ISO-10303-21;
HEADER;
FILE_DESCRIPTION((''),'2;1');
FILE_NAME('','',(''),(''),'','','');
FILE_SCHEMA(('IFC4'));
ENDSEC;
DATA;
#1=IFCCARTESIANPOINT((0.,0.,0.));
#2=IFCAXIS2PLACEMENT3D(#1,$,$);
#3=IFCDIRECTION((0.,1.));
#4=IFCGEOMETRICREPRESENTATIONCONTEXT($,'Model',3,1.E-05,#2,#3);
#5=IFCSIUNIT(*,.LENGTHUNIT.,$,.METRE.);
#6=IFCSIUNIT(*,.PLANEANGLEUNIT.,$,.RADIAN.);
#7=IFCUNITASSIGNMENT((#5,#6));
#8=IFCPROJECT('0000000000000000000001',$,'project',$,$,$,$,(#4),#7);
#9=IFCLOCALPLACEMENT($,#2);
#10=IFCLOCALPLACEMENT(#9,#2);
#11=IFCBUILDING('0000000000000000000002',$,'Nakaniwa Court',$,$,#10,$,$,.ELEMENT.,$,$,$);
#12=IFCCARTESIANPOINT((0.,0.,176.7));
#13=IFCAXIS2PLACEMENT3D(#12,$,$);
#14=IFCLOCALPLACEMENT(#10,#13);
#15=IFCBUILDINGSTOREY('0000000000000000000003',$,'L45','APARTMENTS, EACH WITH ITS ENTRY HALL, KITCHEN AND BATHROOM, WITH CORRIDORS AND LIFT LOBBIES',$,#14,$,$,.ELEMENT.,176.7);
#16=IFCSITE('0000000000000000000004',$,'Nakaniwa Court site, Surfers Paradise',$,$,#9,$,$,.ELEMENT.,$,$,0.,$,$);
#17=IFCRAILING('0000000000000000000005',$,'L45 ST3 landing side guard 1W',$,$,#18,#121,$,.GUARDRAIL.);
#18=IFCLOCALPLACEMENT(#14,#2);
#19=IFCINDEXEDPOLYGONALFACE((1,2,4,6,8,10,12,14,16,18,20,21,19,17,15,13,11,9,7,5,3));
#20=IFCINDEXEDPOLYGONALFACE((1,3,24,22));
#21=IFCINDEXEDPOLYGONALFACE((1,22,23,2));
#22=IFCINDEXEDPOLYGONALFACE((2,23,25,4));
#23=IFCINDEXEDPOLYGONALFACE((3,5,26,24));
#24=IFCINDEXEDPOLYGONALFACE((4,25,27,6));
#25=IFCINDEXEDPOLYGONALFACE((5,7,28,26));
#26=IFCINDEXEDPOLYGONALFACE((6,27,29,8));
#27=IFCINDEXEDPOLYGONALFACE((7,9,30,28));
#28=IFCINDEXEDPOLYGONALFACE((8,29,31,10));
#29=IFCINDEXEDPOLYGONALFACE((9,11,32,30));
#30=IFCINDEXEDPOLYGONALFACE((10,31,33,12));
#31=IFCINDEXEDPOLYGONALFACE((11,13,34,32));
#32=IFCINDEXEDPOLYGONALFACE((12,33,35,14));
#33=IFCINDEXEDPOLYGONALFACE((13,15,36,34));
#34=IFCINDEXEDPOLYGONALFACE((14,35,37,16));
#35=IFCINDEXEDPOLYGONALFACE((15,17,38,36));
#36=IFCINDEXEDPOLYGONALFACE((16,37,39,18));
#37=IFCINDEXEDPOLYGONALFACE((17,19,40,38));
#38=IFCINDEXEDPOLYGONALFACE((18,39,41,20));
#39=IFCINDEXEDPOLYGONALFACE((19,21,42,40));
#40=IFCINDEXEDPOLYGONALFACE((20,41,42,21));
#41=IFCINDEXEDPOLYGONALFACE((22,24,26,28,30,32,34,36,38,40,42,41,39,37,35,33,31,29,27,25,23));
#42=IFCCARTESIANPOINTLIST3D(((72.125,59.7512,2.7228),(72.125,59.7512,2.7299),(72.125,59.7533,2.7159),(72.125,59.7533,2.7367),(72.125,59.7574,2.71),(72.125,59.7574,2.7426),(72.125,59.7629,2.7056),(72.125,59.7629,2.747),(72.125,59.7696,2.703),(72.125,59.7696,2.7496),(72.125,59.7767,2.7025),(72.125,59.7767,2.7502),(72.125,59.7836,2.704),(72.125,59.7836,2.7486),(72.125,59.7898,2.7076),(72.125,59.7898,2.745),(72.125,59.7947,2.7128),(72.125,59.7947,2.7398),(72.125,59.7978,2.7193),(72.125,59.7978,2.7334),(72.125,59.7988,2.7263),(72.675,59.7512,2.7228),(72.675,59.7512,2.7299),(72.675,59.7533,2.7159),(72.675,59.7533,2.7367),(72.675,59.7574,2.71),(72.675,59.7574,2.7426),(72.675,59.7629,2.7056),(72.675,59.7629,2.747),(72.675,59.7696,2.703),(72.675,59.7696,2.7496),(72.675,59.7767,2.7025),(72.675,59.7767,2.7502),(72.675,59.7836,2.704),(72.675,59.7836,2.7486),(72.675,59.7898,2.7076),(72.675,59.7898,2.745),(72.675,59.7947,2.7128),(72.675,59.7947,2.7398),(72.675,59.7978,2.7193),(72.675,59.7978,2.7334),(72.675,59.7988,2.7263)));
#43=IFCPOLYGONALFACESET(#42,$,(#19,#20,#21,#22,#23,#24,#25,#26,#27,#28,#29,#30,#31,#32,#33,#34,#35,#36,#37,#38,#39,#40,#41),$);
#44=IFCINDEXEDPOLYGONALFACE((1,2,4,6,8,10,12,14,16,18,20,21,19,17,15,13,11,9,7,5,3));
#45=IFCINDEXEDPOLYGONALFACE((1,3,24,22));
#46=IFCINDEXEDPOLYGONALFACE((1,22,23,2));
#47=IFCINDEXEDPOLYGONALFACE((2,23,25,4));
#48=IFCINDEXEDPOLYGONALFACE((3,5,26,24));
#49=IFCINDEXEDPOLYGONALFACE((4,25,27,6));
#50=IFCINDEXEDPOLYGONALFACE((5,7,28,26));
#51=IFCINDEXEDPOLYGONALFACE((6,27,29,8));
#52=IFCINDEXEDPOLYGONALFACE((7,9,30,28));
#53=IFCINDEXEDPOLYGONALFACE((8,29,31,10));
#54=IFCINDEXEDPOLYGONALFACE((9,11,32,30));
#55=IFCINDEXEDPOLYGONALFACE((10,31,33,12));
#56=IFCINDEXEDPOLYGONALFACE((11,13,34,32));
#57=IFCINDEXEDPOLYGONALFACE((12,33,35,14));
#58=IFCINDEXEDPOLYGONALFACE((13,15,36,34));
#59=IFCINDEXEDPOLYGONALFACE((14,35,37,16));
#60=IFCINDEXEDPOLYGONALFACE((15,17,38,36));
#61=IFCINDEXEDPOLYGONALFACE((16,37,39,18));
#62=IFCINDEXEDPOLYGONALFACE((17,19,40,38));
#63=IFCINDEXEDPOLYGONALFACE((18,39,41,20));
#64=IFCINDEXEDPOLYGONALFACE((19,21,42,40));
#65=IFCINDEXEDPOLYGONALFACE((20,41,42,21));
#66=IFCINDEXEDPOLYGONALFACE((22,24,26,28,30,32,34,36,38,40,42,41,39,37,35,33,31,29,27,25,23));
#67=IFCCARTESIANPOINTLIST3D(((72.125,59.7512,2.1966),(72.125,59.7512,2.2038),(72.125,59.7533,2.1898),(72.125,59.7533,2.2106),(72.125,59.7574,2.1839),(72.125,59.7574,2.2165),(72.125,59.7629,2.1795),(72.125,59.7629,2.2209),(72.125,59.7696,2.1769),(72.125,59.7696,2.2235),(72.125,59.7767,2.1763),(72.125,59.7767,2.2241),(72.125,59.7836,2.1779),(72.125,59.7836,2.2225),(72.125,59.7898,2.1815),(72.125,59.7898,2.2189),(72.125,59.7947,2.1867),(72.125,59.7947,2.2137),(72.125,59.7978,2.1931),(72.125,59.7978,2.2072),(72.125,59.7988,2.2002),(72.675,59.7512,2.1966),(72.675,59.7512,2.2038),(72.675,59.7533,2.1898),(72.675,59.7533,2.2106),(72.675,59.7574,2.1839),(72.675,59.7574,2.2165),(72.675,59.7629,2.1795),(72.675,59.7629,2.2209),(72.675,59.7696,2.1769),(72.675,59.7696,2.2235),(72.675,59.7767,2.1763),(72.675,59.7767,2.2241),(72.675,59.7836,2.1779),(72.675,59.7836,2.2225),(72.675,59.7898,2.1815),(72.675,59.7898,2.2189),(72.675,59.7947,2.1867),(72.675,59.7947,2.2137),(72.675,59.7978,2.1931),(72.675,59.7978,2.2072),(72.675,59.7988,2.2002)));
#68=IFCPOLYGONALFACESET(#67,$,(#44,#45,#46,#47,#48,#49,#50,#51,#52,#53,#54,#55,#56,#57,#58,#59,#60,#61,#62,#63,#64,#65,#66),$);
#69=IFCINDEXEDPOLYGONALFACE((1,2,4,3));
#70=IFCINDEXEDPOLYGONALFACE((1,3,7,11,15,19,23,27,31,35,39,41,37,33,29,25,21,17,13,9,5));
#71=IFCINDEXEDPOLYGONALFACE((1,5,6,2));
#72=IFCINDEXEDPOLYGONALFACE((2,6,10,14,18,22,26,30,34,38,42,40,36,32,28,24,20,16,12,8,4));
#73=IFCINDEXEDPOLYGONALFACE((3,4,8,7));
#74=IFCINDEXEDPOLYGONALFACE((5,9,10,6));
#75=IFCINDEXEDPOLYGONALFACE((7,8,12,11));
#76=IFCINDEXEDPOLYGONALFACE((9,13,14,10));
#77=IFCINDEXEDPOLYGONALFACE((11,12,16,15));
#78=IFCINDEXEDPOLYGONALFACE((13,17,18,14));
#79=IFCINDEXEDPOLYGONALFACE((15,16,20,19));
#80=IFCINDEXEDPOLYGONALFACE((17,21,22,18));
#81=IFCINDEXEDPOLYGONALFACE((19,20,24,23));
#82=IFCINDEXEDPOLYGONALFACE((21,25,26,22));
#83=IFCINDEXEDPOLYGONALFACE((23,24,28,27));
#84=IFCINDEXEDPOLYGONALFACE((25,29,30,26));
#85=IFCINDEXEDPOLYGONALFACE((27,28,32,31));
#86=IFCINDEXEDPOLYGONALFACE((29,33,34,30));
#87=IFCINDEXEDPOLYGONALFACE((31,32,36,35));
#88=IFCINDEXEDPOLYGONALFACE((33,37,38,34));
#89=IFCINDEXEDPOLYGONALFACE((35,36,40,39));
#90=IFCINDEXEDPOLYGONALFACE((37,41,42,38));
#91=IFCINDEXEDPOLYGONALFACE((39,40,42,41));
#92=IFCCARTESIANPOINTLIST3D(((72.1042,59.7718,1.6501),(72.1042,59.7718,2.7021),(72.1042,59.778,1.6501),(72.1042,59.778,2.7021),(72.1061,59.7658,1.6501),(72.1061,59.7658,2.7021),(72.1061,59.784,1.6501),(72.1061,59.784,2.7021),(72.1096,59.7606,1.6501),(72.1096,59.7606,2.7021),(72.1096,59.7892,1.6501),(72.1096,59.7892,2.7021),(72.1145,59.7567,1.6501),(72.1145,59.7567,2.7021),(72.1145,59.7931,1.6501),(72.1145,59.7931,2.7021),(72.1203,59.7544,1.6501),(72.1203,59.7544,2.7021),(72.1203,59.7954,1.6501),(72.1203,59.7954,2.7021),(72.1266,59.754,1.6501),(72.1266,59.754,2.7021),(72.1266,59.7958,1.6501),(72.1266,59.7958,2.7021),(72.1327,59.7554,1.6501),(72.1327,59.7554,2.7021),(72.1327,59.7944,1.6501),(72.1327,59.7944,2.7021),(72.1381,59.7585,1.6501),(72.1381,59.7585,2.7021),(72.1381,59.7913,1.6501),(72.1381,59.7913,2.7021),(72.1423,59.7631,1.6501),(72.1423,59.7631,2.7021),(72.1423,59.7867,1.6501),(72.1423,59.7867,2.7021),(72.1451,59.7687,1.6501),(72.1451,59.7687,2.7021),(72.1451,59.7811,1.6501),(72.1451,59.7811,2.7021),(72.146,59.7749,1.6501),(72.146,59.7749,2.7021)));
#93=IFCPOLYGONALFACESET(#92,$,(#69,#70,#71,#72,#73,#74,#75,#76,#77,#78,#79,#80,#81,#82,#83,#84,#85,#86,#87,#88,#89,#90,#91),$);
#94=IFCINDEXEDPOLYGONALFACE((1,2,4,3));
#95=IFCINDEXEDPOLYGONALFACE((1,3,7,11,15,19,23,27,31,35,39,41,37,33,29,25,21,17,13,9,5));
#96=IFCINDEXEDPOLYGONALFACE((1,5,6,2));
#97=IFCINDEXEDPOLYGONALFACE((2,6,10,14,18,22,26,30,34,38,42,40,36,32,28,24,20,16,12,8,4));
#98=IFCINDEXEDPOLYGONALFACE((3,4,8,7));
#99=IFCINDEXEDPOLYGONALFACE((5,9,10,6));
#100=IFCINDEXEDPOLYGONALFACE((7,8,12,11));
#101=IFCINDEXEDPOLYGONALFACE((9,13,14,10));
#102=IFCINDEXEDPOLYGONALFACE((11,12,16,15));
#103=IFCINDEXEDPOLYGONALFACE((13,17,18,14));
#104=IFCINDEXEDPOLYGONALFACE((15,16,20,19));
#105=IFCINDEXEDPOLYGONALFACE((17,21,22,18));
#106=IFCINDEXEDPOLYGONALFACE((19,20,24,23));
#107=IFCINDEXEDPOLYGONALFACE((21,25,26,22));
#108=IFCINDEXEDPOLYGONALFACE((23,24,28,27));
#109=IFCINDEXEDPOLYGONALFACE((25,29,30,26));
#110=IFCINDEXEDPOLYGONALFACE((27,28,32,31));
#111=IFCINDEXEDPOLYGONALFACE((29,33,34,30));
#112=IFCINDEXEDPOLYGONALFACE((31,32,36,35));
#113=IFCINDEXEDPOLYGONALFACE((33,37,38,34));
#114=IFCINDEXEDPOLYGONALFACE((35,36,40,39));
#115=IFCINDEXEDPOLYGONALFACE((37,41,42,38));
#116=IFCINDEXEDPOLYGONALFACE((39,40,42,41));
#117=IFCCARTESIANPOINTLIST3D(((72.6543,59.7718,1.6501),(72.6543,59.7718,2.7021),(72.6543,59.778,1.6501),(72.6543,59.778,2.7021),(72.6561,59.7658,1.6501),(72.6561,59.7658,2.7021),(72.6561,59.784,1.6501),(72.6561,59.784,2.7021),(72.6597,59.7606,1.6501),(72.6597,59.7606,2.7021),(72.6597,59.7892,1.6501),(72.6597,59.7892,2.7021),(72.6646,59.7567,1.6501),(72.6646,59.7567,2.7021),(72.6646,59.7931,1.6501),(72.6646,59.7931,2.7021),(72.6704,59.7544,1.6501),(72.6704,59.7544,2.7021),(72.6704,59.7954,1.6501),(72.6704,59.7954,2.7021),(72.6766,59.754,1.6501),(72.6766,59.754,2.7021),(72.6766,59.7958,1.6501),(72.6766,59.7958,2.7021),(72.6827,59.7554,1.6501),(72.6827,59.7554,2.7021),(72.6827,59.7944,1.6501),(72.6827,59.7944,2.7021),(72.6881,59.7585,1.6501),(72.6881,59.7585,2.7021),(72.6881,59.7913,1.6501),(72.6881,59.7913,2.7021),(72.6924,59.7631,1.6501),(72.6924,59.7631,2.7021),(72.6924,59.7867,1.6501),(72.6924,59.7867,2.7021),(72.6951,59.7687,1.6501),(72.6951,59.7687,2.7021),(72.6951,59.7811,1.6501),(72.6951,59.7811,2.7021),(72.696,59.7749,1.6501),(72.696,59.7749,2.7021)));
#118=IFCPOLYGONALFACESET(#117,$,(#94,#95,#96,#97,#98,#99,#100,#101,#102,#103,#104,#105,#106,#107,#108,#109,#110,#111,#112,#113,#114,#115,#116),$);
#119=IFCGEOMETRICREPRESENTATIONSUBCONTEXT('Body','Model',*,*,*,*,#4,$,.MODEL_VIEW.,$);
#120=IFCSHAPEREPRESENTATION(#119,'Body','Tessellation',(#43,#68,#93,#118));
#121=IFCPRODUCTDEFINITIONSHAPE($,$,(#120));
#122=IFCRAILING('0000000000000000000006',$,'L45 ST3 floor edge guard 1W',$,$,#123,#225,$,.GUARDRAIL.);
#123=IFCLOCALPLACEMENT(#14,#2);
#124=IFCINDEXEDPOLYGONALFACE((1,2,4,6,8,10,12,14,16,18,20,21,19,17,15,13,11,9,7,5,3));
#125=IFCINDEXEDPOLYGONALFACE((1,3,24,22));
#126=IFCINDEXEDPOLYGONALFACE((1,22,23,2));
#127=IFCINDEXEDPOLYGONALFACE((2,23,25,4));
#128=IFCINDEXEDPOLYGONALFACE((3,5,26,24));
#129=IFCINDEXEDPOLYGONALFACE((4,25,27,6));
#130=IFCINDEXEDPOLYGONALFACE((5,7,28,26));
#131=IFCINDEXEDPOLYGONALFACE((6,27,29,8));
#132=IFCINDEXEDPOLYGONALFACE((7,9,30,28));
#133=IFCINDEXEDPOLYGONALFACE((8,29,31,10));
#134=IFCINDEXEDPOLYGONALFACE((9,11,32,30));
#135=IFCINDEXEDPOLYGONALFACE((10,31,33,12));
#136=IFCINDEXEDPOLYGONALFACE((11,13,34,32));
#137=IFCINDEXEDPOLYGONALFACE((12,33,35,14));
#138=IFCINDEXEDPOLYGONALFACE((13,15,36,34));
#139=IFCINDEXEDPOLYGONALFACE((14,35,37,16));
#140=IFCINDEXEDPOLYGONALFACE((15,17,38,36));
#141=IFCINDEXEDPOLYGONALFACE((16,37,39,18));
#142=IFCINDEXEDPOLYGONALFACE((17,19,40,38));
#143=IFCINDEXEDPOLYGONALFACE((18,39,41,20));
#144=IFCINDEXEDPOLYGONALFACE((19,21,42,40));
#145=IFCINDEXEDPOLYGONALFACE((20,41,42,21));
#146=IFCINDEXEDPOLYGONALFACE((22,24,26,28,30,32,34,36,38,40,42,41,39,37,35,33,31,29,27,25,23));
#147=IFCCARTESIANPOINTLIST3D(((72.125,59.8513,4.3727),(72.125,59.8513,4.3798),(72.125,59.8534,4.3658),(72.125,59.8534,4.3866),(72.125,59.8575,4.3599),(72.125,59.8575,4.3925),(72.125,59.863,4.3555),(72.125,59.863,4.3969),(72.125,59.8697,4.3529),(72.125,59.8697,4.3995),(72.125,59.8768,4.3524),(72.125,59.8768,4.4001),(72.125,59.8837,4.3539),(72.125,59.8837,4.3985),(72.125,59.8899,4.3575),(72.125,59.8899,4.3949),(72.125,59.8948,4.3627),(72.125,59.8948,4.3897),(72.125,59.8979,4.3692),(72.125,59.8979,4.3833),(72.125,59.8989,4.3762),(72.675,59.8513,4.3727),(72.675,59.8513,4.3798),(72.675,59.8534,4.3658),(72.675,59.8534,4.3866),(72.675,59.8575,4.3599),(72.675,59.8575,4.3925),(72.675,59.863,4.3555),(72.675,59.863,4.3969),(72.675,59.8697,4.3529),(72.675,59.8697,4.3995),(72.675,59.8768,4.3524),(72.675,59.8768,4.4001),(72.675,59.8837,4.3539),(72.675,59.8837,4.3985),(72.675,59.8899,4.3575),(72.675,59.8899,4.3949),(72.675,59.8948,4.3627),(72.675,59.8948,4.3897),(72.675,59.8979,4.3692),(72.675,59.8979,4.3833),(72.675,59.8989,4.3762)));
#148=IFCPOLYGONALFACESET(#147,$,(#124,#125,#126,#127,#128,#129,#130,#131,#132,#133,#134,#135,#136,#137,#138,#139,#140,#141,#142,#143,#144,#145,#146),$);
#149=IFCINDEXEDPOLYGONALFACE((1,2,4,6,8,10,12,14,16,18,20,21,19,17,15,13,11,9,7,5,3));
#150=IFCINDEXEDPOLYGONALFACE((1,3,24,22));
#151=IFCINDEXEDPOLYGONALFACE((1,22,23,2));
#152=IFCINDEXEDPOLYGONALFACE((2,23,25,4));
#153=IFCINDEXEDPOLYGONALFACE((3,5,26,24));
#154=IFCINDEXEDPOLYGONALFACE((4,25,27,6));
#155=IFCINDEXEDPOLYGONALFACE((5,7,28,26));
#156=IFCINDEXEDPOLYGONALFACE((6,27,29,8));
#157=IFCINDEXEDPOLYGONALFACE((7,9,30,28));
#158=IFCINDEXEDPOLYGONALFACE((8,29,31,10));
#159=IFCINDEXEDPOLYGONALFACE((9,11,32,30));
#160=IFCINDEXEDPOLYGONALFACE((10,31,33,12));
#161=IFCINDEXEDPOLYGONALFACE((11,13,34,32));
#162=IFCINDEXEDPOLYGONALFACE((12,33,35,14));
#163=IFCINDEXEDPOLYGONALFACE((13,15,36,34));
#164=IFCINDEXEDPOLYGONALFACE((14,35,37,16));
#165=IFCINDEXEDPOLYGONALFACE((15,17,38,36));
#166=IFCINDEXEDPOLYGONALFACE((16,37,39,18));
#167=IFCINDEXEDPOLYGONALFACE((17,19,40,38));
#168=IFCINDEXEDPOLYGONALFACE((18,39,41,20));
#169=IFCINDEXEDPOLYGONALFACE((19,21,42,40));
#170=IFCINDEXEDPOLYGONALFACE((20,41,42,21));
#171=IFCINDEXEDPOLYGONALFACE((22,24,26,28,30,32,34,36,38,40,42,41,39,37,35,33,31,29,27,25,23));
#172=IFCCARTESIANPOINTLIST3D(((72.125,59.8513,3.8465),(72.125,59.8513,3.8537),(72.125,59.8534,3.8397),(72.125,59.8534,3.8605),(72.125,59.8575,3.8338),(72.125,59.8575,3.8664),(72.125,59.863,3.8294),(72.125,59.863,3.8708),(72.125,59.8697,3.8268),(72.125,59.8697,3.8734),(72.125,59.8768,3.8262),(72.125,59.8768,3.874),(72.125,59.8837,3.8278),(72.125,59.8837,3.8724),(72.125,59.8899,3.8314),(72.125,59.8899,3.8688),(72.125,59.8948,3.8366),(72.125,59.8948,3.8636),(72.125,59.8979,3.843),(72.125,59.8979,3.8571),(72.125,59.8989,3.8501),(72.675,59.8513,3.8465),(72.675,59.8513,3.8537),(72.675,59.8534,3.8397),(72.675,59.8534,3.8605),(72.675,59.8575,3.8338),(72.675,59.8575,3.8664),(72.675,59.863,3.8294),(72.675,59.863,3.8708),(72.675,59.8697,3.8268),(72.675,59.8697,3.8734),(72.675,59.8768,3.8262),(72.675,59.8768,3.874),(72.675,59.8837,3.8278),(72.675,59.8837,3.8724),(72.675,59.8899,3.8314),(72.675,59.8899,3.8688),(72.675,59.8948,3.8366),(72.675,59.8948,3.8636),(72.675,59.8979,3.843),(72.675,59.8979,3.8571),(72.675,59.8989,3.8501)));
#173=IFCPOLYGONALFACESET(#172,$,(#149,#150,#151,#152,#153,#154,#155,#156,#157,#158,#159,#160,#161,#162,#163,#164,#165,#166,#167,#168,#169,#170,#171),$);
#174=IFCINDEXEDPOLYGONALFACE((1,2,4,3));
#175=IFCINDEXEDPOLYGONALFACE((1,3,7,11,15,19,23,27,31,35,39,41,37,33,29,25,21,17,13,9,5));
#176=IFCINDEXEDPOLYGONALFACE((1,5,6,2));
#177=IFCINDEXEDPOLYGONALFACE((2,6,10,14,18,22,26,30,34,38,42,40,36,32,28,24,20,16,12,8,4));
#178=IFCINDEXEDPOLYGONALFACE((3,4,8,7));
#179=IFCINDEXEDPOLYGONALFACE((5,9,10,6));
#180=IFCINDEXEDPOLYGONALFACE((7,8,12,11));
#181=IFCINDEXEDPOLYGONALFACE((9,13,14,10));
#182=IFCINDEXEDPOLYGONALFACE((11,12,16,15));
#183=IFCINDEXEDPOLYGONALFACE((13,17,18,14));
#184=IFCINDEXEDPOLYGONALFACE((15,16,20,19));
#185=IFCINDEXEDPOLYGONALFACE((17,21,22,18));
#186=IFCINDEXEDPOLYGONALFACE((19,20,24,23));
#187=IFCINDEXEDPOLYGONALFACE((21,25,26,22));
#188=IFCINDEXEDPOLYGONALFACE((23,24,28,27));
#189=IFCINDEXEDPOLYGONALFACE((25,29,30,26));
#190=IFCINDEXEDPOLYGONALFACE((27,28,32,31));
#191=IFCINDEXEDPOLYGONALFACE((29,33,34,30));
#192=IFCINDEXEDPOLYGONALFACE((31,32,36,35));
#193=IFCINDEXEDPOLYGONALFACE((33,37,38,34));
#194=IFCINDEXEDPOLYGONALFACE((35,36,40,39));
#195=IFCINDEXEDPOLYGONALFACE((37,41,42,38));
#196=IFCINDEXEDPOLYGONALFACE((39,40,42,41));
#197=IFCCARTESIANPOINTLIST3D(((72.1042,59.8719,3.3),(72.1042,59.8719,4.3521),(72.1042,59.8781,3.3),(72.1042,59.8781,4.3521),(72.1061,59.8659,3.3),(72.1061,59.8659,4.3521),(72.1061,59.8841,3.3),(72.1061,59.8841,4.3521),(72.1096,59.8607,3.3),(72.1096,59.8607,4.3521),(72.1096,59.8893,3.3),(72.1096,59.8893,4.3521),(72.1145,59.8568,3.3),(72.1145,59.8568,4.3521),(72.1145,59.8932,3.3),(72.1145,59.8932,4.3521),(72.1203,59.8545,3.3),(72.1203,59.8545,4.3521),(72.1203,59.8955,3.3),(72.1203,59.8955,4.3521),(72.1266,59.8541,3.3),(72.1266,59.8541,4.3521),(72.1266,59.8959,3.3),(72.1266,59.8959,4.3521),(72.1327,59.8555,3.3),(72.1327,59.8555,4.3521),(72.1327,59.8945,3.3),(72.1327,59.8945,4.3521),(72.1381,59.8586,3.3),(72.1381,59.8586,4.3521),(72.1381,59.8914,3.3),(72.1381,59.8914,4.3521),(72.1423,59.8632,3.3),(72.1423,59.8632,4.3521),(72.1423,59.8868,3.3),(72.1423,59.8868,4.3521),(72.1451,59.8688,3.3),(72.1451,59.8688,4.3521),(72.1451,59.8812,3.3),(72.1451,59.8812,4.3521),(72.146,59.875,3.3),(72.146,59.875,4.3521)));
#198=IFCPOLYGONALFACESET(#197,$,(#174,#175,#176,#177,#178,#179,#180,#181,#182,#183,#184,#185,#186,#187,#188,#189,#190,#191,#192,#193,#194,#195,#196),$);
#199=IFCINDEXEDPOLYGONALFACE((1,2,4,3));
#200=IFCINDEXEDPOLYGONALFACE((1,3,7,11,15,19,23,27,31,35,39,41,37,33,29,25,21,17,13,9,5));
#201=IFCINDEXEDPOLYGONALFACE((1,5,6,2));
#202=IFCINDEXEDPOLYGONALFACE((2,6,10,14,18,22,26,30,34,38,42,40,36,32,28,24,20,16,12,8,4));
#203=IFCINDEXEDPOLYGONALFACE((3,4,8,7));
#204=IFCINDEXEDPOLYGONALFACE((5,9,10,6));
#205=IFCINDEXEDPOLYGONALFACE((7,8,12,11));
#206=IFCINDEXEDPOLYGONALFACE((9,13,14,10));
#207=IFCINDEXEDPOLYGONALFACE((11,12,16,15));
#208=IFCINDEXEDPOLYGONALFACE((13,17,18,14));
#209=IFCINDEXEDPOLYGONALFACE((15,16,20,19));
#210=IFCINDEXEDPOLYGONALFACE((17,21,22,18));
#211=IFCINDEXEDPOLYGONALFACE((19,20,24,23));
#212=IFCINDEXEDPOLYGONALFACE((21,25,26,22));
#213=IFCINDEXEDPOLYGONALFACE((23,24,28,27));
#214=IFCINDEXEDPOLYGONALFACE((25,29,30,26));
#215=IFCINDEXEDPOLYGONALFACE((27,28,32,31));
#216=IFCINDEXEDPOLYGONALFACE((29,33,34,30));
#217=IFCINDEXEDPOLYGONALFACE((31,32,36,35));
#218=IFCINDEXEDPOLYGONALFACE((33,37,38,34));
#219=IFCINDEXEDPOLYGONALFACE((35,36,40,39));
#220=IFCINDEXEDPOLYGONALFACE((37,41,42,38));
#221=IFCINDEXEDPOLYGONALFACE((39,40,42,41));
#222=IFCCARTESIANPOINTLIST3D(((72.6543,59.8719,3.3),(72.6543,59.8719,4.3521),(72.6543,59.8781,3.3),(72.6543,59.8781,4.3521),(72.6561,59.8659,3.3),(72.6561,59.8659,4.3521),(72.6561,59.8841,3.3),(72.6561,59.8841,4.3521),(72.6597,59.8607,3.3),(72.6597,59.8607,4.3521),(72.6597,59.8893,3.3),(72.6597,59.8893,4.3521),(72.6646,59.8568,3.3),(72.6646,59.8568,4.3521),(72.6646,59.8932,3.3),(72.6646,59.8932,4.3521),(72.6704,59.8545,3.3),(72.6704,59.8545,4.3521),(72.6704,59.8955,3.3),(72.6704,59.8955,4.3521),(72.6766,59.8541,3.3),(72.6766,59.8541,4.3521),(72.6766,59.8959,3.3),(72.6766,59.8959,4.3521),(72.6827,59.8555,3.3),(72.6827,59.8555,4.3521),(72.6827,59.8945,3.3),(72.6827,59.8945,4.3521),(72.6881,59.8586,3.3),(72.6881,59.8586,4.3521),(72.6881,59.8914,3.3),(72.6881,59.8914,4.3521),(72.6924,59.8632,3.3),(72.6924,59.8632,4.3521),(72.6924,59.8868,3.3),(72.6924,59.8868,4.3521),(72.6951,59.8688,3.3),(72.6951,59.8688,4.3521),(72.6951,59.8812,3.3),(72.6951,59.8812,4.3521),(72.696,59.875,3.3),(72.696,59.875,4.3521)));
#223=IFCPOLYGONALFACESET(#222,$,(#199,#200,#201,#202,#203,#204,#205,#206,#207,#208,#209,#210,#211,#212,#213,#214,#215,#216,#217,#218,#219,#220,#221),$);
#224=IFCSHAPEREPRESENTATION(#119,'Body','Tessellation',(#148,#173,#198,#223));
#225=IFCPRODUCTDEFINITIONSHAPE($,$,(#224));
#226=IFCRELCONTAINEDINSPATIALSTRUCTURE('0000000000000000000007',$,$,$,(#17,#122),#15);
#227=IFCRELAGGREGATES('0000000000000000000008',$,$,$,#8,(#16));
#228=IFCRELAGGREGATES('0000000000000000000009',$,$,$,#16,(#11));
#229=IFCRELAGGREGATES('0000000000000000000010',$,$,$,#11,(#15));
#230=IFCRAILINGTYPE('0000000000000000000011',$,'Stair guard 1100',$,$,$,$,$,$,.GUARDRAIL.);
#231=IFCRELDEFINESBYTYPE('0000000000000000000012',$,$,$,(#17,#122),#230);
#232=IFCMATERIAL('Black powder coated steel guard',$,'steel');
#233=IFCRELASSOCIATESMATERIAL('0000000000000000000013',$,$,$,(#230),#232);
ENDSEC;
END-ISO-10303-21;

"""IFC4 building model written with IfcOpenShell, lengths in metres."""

from ifc_helpers import new_model, si_unit, direction, frame, origin, origin_2d, place, context, subcontext, project, spatial, circle, extrude, material, type_object, element, save


model = new_model("IFC4")

# Units and contexts
model_context = context("Model", 3, precision=1e-05, world=origin(), true_north=direction((0.0, 1.0)))
body_context = subcontext(model_context, "Body", "Model", "MODEL_VIEW")
ifc_project = project(units=[si_unit("LENGTHUNIT", "METRE"), si_unit("PLANEANGLEUNIT", "RADIAN")], contexts=[model_context])

# Site, building, storey
site_placement = place(None, origin())
site = spatial("IfcSite", under=ifc_project, at=site_placement, Name="Nakaniwa Court site, Surfers Paradise", CompositionType="ELEMENT", RefElevation=0.0)
building_placement = place(site_placement, origin())
building = spatial("IfcBuilding", under=site, at=building_placement, Name="Nakaniwa Court", CompositionType="ELEMENT")
storey_placement = place(building_placement, frame((0.0, 0.0, 176.7)))
storey = spatial("IfcBuildingStorey", under=building, at=storey_placement, Name="L45", Description="APARTMENTS, EACH WITH ITS ENTRY HALL, KITCHEN AND BATHROOM, WITH CORRIDORS AND LIFT LOBBIES", CompositionType="ELEMENT", Elevation=176.7)

# Railings
ifc_material_1 = material(Name="Black powder coated steel guard", Category="steel")
railing_type_1 = type_object("IfcRailingType", Name="Stair guard 1100", PredefinedType="GUARDRAIL", material=ifc_material_1)
for number, where, name in (
    (1, (72.125, 59.7749, 1.6501), "L45 ST3 landing side guard 1W"),
    (2, (72.125, 59.875, 3.3), "L45 ST3 floor edge guard 1W"),
):
    element("IfcRailing", number, at=place(storey_placement, frame(where)), inside=storey, type_object=railing_type_1, Name=name, PredefinedType="GUARDRAIL", context=body_context, shape_type="SweptSolid", body=[
        extrude(circle(Radius=0.0239, at=origin_2d()), frame((0.0, 0.0, 1.0762), z_axis=(1.0, 0.0, 0.0), x_axis=(0.0, 1.0, 0.0)), (0.0, 0.0, 1.0), 0.55),
        extrude(circle(Radius=0.0239, at=origin_2d()), frame((0.0, 0.0, 0.55), z_axis=(1.0, 0.0, 0.0), x_axis=(0.0, 1.0, 0.0)), (0.0, 0.0, 1.0), 0.55),
        extrude(circle(Radius=0.021, at=origin_2d()), origin(), (0.0, 0.0, 1.0), 1.052),
        extrude(circle(Radius=0.021, at=origin_2d()), frame((0.55, 0.0, 0.0)), (0.0, 0.0, 1.0), 1.052),
    ])

save(model, "model.ifc")
